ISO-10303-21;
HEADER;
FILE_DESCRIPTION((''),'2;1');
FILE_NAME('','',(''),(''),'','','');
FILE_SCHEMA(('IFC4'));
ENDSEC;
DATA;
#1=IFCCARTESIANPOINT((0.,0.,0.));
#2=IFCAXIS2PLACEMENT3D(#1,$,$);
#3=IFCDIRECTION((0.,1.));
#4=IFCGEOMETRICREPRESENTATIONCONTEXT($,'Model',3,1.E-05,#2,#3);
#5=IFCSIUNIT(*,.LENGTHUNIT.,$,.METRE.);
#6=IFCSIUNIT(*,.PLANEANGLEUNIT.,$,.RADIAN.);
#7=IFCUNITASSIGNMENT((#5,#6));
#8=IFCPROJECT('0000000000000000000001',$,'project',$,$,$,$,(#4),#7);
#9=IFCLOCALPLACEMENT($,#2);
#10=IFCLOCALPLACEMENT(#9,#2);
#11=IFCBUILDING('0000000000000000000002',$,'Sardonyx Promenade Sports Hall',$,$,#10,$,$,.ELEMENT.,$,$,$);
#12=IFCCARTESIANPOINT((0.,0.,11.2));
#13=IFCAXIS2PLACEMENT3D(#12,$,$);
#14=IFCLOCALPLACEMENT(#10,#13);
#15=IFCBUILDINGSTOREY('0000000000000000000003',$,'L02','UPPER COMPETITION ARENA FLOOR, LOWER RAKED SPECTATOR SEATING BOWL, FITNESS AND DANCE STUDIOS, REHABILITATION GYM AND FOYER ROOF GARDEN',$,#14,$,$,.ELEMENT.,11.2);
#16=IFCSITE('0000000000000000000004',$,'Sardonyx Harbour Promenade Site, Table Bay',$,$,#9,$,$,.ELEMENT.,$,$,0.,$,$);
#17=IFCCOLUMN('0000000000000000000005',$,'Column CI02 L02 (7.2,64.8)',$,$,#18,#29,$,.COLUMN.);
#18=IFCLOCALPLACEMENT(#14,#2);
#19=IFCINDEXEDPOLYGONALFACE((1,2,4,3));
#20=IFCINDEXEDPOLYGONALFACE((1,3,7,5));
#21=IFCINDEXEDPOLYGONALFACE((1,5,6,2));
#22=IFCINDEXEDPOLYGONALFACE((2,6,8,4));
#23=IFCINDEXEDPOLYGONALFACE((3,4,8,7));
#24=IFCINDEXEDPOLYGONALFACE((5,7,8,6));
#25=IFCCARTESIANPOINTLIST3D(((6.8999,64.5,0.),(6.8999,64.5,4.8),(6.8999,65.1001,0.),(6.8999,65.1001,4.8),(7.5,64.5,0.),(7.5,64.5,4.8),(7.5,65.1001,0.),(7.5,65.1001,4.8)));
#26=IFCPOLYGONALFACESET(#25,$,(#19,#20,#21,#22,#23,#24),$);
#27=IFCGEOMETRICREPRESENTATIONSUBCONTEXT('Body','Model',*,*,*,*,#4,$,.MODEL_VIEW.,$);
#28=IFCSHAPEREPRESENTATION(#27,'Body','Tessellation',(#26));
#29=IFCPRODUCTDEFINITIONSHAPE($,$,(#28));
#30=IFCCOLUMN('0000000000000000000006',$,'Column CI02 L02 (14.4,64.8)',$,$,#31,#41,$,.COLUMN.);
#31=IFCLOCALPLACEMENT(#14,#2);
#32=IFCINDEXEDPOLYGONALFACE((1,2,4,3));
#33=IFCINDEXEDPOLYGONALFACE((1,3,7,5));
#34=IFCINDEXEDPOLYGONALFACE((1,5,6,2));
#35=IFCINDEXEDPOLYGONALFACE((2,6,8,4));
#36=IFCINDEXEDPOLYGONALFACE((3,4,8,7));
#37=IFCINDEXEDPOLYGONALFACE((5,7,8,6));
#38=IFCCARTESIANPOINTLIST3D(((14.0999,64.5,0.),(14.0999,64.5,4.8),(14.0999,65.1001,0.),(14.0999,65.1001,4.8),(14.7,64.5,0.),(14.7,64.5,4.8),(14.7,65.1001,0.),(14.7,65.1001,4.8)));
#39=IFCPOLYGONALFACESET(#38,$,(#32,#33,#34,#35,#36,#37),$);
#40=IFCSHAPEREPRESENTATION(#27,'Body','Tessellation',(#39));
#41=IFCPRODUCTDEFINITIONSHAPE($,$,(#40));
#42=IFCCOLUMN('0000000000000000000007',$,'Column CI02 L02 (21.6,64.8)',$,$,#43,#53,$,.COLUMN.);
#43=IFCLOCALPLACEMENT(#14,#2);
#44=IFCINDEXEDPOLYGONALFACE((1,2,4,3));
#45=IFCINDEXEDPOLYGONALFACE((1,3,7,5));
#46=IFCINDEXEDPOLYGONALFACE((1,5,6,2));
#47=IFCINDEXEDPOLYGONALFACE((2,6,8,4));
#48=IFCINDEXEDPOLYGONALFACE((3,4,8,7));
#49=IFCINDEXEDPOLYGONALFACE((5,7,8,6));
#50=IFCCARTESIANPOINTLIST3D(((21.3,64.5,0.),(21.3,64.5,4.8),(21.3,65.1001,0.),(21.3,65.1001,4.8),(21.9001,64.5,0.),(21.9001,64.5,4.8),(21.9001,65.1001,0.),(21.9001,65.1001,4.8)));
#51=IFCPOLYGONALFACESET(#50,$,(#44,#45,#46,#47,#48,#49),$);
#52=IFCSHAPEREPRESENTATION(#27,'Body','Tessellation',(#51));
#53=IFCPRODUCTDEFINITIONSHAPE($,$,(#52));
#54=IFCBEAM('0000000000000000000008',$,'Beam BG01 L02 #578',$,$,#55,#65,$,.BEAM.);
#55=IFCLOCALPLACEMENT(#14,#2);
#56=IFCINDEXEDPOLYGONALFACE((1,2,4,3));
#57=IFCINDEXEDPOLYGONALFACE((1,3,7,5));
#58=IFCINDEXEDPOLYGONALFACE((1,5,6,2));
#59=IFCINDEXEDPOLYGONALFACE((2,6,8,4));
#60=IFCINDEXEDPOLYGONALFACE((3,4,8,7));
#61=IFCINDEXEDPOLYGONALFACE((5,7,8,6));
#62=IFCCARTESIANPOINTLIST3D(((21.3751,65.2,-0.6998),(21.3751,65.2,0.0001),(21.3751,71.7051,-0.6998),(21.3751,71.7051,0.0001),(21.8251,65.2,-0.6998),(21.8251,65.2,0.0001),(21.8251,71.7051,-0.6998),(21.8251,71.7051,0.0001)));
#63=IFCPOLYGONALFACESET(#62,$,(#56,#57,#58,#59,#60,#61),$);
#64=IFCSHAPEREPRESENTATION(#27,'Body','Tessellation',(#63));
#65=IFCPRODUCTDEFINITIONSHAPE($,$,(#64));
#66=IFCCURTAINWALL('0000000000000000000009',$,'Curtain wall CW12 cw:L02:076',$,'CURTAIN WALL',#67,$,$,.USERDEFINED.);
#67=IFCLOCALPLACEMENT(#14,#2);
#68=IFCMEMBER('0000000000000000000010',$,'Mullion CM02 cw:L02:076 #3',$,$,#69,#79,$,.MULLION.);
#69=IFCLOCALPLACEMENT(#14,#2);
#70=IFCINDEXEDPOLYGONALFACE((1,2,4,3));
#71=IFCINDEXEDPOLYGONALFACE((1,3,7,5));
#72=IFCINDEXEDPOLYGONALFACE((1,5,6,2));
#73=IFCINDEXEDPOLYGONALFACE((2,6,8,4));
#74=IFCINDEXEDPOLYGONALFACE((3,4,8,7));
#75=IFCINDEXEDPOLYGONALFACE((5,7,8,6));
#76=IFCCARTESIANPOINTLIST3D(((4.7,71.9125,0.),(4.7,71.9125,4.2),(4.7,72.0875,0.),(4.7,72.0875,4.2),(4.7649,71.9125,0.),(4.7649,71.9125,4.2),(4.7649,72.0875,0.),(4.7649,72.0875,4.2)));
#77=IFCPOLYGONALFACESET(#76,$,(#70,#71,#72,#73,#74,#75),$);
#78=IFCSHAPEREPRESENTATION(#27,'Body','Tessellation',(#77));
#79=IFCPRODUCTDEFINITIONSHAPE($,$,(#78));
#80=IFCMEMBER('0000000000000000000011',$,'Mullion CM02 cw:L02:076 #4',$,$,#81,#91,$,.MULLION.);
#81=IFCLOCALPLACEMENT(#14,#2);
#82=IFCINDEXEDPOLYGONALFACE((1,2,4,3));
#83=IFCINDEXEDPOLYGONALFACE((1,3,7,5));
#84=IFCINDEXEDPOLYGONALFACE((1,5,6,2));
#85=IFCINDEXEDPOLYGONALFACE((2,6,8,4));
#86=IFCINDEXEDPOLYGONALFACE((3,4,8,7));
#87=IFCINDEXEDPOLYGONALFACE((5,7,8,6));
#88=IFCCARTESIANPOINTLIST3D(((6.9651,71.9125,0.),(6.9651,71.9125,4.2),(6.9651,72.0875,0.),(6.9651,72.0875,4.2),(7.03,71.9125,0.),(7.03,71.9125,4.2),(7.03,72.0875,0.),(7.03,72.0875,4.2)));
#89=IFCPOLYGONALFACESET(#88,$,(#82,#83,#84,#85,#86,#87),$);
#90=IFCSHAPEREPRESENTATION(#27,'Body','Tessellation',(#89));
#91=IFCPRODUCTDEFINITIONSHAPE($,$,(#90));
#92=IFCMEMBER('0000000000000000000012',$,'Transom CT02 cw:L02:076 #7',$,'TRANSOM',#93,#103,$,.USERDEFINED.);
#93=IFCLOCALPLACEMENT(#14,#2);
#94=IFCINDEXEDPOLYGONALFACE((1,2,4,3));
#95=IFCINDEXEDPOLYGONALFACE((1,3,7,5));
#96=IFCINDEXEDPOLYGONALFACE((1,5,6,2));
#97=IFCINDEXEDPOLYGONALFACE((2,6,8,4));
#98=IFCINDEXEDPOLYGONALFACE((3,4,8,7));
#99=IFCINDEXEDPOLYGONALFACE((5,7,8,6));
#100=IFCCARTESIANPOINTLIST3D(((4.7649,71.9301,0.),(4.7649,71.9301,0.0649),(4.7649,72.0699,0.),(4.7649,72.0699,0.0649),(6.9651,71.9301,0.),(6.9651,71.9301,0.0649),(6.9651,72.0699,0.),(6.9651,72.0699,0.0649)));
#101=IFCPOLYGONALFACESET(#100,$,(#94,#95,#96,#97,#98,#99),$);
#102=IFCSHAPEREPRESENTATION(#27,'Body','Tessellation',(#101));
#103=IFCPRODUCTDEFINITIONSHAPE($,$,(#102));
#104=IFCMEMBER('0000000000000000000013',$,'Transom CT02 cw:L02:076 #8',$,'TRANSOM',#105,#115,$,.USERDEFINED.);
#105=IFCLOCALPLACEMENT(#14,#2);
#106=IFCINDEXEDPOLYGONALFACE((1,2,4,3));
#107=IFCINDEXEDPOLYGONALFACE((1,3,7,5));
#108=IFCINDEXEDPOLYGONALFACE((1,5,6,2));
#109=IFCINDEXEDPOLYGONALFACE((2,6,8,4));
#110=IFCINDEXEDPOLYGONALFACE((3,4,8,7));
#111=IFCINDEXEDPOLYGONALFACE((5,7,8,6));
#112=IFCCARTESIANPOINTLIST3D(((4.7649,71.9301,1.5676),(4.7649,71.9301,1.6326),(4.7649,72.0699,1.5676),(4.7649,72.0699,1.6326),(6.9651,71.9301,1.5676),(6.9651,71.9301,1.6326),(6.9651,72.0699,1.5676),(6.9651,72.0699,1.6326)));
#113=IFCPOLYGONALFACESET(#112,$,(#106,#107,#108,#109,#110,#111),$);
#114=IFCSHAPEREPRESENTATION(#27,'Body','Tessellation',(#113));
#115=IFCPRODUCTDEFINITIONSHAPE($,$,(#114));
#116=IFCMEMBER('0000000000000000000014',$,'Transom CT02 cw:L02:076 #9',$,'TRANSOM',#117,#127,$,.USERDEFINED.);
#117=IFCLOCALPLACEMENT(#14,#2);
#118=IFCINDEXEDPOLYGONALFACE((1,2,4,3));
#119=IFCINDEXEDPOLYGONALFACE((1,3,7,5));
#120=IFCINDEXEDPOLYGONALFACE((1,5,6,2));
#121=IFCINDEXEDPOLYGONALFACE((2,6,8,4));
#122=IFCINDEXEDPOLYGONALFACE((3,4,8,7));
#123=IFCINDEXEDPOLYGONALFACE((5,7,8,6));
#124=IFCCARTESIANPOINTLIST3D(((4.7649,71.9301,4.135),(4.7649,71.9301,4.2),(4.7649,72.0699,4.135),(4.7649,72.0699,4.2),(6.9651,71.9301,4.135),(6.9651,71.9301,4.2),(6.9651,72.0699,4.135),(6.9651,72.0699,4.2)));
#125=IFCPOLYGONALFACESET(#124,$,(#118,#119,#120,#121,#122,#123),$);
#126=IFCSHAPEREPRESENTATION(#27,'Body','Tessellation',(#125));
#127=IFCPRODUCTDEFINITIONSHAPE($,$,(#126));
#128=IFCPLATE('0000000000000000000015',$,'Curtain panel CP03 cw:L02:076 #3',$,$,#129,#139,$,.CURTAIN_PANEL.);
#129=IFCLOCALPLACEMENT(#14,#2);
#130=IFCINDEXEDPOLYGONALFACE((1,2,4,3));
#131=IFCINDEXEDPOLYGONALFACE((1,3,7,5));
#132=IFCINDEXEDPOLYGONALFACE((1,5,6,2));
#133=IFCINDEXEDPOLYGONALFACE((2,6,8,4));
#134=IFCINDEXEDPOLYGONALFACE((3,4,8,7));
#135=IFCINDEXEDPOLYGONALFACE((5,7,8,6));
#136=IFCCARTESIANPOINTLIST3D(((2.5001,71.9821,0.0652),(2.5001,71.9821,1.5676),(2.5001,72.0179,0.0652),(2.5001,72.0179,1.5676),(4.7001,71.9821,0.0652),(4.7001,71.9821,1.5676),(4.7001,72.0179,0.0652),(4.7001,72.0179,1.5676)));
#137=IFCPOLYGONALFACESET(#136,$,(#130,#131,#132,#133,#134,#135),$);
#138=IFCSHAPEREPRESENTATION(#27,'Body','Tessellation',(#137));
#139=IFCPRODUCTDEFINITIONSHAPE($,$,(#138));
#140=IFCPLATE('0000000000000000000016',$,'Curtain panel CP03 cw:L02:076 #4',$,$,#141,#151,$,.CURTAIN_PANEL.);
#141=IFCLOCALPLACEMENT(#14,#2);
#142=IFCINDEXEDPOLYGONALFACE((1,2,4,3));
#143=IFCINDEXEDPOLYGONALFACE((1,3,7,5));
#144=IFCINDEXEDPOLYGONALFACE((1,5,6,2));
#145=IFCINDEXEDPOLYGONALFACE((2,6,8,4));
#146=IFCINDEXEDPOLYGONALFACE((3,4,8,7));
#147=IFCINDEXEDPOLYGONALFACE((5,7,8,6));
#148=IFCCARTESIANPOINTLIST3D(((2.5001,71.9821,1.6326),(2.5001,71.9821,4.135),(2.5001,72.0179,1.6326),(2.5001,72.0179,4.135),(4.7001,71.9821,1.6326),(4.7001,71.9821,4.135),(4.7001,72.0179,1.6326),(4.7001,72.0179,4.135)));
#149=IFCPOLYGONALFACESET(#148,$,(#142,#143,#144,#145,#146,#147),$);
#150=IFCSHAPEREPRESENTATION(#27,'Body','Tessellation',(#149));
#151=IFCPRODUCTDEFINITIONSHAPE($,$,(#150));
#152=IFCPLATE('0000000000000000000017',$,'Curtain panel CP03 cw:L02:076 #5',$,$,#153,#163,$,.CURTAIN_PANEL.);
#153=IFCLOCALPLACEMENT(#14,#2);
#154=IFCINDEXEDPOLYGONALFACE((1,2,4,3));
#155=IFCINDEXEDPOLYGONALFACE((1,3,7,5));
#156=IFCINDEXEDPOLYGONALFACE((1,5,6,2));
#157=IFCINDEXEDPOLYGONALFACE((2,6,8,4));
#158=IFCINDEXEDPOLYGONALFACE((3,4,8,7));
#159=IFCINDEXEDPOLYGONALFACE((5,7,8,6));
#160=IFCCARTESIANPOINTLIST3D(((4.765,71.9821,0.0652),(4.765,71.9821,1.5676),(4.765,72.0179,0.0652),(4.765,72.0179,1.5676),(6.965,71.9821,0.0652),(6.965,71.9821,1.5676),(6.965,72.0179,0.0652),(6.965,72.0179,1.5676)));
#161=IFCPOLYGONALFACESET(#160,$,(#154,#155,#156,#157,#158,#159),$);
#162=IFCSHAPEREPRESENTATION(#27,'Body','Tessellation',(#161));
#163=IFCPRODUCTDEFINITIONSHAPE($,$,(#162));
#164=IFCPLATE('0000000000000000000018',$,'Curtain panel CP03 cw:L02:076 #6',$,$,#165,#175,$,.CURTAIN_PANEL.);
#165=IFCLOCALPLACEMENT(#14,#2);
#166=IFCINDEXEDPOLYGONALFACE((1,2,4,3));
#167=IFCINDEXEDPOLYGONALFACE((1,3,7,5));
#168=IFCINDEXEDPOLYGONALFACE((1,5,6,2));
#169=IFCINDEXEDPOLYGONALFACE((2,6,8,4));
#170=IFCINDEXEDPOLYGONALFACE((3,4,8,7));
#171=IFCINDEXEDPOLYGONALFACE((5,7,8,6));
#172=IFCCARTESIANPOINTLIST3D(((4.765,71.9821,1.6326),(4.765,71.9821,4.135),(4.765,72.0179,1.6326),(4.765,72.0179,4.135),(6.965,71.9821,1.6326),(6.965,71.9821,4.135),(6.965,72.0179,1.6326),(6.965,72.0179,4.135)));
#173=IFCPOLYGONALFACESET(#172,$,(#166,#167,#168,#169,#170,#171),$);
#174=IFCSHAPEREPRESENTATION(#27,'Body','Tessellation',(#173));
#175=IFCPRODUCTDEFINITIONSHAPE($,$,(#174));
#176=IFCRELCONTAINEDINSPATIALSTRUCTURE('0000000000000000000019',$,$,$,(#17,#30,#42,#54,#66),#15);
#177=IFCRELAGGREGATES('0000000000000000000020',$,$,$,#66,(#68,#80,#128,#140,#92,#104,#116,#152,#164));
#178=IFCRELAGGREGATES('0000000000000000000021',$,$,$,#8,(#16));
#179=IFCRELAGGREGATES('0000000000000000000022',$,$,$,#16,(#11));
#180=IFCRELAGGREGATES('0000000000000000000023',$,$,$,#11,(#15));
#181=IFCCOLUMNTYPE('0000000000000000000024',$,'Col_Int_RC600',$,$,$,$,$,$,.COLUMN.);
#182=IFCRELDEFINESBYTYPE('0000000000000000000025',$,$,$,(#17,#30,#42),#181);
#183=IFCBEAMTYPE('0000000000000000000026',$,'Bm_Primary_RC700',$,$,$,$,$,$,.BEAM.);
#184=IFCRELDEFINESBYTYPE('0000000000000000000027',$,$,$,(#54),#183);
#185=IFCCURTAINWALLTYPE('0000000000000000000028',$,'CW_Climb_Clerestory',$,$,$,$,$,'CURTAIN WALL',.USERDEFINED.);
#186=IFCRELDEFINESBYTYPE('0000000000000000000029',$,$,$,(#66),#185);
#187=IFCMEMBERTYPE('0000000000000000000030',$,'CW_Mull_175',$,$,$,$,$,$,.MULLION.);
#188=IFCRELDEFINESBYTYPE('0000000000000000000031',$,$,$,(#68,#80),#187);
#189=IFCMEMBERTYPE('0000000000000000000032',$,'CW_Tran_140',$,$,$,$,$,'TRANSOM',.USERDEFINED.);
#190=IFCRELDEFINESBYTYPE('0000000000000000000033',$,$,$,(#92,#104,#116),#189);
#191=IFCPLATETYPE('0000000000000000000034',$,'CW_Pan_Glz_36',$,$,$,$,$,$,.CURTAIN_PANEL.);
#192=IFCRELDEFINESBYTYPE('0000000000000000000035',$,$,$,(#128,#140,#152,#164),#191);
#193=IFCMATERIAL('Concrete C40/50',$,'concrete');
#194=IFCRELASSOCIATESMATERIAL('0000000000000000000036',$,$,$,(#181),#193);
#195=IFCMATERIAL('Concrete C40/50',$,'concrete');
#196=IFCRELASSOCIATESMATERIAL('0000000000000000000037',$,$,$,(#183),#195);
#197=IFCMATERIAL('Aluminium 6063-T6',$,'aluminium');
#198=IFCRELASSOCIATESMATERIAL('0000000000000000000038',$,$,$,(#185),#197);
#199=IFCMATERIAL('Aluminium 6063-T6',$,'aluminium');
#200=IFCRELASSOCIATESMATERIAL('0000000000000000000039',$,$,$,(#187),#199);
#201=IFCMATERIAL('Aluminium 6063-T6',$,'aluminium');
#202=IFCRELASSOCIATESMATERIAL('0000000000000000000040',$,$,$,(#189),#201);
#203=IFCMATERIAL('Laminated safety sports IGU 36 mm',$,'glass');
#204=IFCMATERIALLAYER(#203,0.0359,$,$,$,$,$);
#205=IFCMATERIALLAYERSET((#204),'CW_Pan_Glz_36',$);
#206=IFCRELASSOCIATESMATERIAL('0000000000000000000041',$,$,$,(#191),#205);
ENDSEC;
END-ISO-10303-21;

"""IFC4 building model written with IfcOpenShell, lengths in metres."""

from ifc_helpers import new_model, si_unit, direction, frame, origin, origin_2d, place, context, subcontext, project, spatial, rectangle, extrude, material, layer, layer_set, material_profile, profile_set, type_object, element, aggregate, save


model = new_model("IFC4")

# Units and contexts
model_context = context("Model", 3, precision=1e-05, world=origin(), true_north=direction((0.0, 1.0)))
body_context = subcontext(model_context, "Body", "Model", "MODEL_VIEW")
ifc_project = project(units=[si_unit("LENGTHUNIT", "METRE"), si_unit("PLANEANGLEUNIT", "RADIAN")], contexts=[model_context])

# Site, building, storey
site_placement = place(None, origin())
site = spatial("IfcSite", under=ifc_project, at=site_placement, Name="Sardonyx Harbour Promenade Site, Table Bay", CompositionType="ELEMENT", RefElevation=0.0)
building_placement = place(site_placement, origin())
building = spatial("IfcBuilding", under=site, at=building_placement, Name="Sardonyx Promenade Sports Hall", CompositionType="ELEMENT")
storey_placement = place(building_placement, frame((0.0, 0.0, 11.2)))
storey = spatial("IfcBuildingStorey", under=building, at=storey_placement, Name="L02", Description="UPPER COMPETITION ARENA FLOOR, LOWER RAKED SPECTATOR SEATING BOWL, FITNESS AND DANCE STUDIOS, REHABILITATION GYM AND FOYER ROOF GARDEN", CompositionType="ELEMENT", Elevation=11.2)

# Columns
ifc_material_1 = material(Name="Concrete C40/50", Category="concrete")
ifc_material_profile_1 = material_profile(ifc_material_1, rectangle(XDim=0.6001, YDim=0.6001, at=origin_2d()))
ifc_profile_set_1 = profile_set([ifc_material_profile_1], Name="Concrete C40/50")
column_type = type_object("IfcColumnType", Name="Col_Int_RC600", PredefinedType="COLUMN", material=ifc_profile_set_1)
for number, where, z_axis, x_axis, name in (
    (1, (7.2, 64.8, 0.0), (0.0, 0.0, 1.0), (1.0, 0.0, 0.0), "Column CI02 L02 (7.2,64.8)"),
    (2, (14.3999, 64.8, 0.0), (0.0, 0.0, 1.0), (1.0, 0.0, 0.0), "Column CI02 L02 (14.4,64.8)"),
    (3, (21.6001, 64.8, 0.0), (0.0, 0.0, 1.0), (1.0, 0.0, 0.0), "Column CI02 L02 (21.6,64.8)"),
):
    element("IfcColumn", number, at=place(storey_placement, frame(where, z_axis=z_axis, x_axis=x_axis)), inside=storey, type_object=column_type, Name=name, PredefinedType="COLUMN", context=body_context, shape_type="SweptSolid", body=[
        extrude(rectangle(XDim=0.6001, YDim=0.6001, at=origin_2d()), origin(), (0.0, 0.0, 1.0), 4.8),
    ])

# Beam
ifc_material_2 = material(Name="Concrete C40/50", Category="concrete")
ifc_material_profile_2 = material_profile(ifc_material_2, rectangle(XDim=0.45, YDim=0.7, at=origin_2d()))
ifc_profile_set_2 = profile_set([ifc_material_profile_2], Name="Concrete C40/50")
beam_type = type_object("IfcBeamType", Name="Bm_Primary_RC700", PredefinedType="BEAM", material=ifc_profile_set_2)
beam_placement = place(storey_placement, frame((21.6001, 65.2, -0.3499), z_axis=(0.0, 1.0, 0.0), x_axis=(-1.0, 0.0, 0.0)))
element("IfcBeam", 4, at=beam_placement, inside=storey, type_object=beam_type, Name="Beam BG01 L02 #578", PredefinedType="BEAM", context=body_context, shape_type="SweptSolid", body=[
    extrude(rectangle(XDim=0.45, YDim=0.7, at=origin_2d()), origin(), (0.0, 0.0, 1.0), 6.5051),
])

# Curtain wall, members, plates
ifc_material_3 = material(Name="Aluminium 6063-T6", Category="aluminium")
curtain_wall_type = type_object("IfcCurtainWallType", Name="CW_Climb_Clerestory", ElementType="CURTAIN WALL", PredefinedType="USERDEFINED", material=ifc_material_3)
curtain_wall_placement = place(storey_placement, origin())
curtain_wall = element("IfcCurtainWall", 5, at=curtain_wall_placement, inside=storey, type_object=curtain_wall_type, Name="Curtain wall CW12 cw:L02:076", ObjectType="CURTAIN WALL", PredefinedType="USERDEFINED")
ifc_material_4 = material(Name="Aluminium 6063-T6", Category="aluminium")
ifc_material_profile_3 = material_profile(ifc_material_4, rectangle(XDim=0.0649, YDim=0.175, at=origin_2d()))
ifc_profile_set_3 = profile_set([ifc_material_profile_3], Name="Aluminium 6063-T6")
member_type_1 = type_object("IfcMemberType", Name="CW_Mull_175", PredefinedType="MULLION", material=ifc_profile_set_3)
member_1_placement = place(storey_placement, frame((4.7324, 72.0, 0.0), z_axis=(0.0, 0.0, 1.0), x_axis=(1.0, 0.0, 0.0)))
member_1 = element("IfcMember", 6, at=member_1_placement, type_object=member_type_1, Name="Mullion CM02 cw:L02:076 #3", PredefinedType="MULLION", context=body_context, shape_type="SweptSolid", body=[
    extrude(rectangle(XDim=0.0649, YDim=0.175, at=origin_2d()), origin(), (0.0, 0.0, 1.0), 4.2),
])
member_2_placement = place(storey_placement, frame((6.9976, 72.0, 0.0), z_axis=(0.0, 0.0, 1.0), x_axis=(1.0, 0.0, 0.0)))
member_2 = element("IfcMember", 7, at=member_2_placement, type_object=member_type_1, Name="Mullion CM02 cw:L02:076 #4", PredefinedType="MULLION", context=body_context, shape_type="SweptSolid", body=[
    extrude(rectangle(XDim=0.0649, YDim=0.175, at=origin_2d()), origin(), (0.0, 0.0, 1.0), 4.2),
])
ifc_material_5 = material(Name="Aluminium 6063-T6", Category="aluminium")
ifc_material_profile_4 = material_profile(ifc_material_5, rectangle(XDim=0.0649, YDim=0.1399, at=origin_2d()))
ifc_profile_set_4 = profile_set([ifc_material_profile_4], Name="Aluminium 6063-T6")
member_type_2 = type_object("IfcMemberType", Name="CW_Tran_140", ElementType="TRANSOM", PredefinedType="USERDEFINED", material=ifc_profile_set_4)
member_3_placement = place(storey_placement, frame((4.7649, 72.0, 0.0325), z_axis=(1.0, 0.0, 0.0), x_axis=(0.0, 0.0, 1.0)))
member_3 = element("IfcMember", 8, at=member_3_placement, type_object=member_type_2, Name="Transom CT02 cw:L02:076 #7", ObjectType="TRANSOM", PredefinedType="USERDEFINED", context=body_context, shape_type="SweptSolid", body=[
    extrude(rectangle(XDim=0.0649, YDim=0.1399, at=origin_2d()), origin(), (0.0, 0.0, 1.0), 2.2002),
])
member_4_placement = place(storey_placement, frame((4.7649, 72.0, 1.6001), z_axis=(1.0, 0.0, 0.0), x_axis=(0.0, 0.0, 1.0)))
member_4 = element("IfcMember", 9, at=member_4_placement, type_object=member_type_2, Name="Transom CT02 cw:L02:076 #8", ObjectType="TRANSOM", PredefinedType="USERDEFINED", context=body_context, shape_type="SweptSolid", body=[
    extrude(rectangle(XDim=0.0649, YDim=0.1399, at=origin_2d()), origin(), (0.0, 0.0, 1.0), 2.2002),
])
member_5_placement = place(storey_placement, frame((4.7649, 72.0, 4.1675), z_axis=(1.0, 0.0, 0.0), x_axis=(0.0, 0.0, 1.0)))
member_5 = element("IfcMember", 10, at=member_5_placement, type_object=member_type_2, Name="Transom CT02 cw:L02:076 #9", ObjectType="TRANSOM", PredefinedType="USERDEFINED", context=body_context, shape_type="SweptSolid", body=[
    extrude(rectangle(XDim=0.0649, YDim=0.1399, at=origin_2d()), origin(), (0.0, 0.0, 1.0), 2.2002),
])
ifc_material_6 = material(Name="Laminated safety sports IGU 36 mm", Category="glass")
ifc_layer_1 = layer(ifc_material_6, 0.0359)
ifc_layer_set_1 = layer_set([ifc_layer_1], Name="CW_Pan_Glz_36")
plate_type = type_object("IfcPlateType", Name="CW_Pan_Glz_36", PredefinedType="CURTAIN_PANEL", material=ifc_layer_set_1)
plate_1_placement = place(storey_placement, frame((3.6001, 72.0, 0.0652), z_axis=(0.0, 0.0, 1.0), x_axis=(1.0, 0.0, 0.0)))
plate_1 = element("IfcPlate", 11, at=plate_1_placement, type_object=plate_type, Name="Curtain panel CP03 cw:L02:076 #3", PredefinedType="CURTAIN_PANEL", context=body_context, shape_type="SweptSolid", body=[
    extrude(rectangle(XDim=2.2, YDim=0.0359, at=origin_2d()), origin(), (0.0, 0.0, 1.0), 1.5024),
])
plate_2_placement = place(storey_placement, frame((3.6001, 72.0, 1.6326), z_axis=(0.0, 0.0, 1.0), x_axis=(1.0, 0.0, 0.0)))
plate_2 = element("IfcPlate", 12, at=plate_2_placement, type_object=plate_type, Name="Curtain panel CP03 cw:L02:076 #4", PredefinedType="CURTAIN_PANEL", context=body_context, shape_type="SweptSolid", body=[
    extrude(rectangle(XDim=2.2, YDim=0.0359, at=origin_2d()), origin(), (0.0, 0.0, 1.0), 2.5024),
])
plate_3_placement = place(storey_placement, frame((5.865, 72.0, 0.0652), z_axis=(0.0, 0.0, 1.0), x_axis=(1.0, 0.0, 0.0)))
plate_3 = element("IfcPlate", 13, at=plate_3_placement, type_object=plate_type, Name="Curtain panel CP03 cw:L02:076 #5", PredefinedType="CURTAIN_PANEL", context=body_context, shape_type="SweptSolid", body=[
    extrude(rectangle(XDim=2.2, YDim=0.0359, at=origin_2d()), origin(), (0.0, 0.0, 1.0), 1.5024),
])
plate_4_placement = place(storey_placement, frame((5.865, 72.0, 1.6326), z_axis=(0.0, 0.0, 1.0), x_axis=(1.0, 0.0, 0.0)))
plate_4 = element("IfcPlate", 14, at=plate_4_placement, type_object=plate_type, Name="Curtain panel CP03 cw:L02:076 #6", PredefinedType="CURTAIN_PANEL", context=body_context, shape_type="SweptSolid", body=[
    extrude(rectangle(XDim=2.2, YDim=0.0359, at=origin_2d()), origin(), (0.0, 0.0, 1.0), 2.5024),
])
aggregate(curtain_wall, [member_1, member_2, plate_1, plate_2, member_3, member_4, member_5, plate_3, plate_4])

save(model, "model.ifc")
